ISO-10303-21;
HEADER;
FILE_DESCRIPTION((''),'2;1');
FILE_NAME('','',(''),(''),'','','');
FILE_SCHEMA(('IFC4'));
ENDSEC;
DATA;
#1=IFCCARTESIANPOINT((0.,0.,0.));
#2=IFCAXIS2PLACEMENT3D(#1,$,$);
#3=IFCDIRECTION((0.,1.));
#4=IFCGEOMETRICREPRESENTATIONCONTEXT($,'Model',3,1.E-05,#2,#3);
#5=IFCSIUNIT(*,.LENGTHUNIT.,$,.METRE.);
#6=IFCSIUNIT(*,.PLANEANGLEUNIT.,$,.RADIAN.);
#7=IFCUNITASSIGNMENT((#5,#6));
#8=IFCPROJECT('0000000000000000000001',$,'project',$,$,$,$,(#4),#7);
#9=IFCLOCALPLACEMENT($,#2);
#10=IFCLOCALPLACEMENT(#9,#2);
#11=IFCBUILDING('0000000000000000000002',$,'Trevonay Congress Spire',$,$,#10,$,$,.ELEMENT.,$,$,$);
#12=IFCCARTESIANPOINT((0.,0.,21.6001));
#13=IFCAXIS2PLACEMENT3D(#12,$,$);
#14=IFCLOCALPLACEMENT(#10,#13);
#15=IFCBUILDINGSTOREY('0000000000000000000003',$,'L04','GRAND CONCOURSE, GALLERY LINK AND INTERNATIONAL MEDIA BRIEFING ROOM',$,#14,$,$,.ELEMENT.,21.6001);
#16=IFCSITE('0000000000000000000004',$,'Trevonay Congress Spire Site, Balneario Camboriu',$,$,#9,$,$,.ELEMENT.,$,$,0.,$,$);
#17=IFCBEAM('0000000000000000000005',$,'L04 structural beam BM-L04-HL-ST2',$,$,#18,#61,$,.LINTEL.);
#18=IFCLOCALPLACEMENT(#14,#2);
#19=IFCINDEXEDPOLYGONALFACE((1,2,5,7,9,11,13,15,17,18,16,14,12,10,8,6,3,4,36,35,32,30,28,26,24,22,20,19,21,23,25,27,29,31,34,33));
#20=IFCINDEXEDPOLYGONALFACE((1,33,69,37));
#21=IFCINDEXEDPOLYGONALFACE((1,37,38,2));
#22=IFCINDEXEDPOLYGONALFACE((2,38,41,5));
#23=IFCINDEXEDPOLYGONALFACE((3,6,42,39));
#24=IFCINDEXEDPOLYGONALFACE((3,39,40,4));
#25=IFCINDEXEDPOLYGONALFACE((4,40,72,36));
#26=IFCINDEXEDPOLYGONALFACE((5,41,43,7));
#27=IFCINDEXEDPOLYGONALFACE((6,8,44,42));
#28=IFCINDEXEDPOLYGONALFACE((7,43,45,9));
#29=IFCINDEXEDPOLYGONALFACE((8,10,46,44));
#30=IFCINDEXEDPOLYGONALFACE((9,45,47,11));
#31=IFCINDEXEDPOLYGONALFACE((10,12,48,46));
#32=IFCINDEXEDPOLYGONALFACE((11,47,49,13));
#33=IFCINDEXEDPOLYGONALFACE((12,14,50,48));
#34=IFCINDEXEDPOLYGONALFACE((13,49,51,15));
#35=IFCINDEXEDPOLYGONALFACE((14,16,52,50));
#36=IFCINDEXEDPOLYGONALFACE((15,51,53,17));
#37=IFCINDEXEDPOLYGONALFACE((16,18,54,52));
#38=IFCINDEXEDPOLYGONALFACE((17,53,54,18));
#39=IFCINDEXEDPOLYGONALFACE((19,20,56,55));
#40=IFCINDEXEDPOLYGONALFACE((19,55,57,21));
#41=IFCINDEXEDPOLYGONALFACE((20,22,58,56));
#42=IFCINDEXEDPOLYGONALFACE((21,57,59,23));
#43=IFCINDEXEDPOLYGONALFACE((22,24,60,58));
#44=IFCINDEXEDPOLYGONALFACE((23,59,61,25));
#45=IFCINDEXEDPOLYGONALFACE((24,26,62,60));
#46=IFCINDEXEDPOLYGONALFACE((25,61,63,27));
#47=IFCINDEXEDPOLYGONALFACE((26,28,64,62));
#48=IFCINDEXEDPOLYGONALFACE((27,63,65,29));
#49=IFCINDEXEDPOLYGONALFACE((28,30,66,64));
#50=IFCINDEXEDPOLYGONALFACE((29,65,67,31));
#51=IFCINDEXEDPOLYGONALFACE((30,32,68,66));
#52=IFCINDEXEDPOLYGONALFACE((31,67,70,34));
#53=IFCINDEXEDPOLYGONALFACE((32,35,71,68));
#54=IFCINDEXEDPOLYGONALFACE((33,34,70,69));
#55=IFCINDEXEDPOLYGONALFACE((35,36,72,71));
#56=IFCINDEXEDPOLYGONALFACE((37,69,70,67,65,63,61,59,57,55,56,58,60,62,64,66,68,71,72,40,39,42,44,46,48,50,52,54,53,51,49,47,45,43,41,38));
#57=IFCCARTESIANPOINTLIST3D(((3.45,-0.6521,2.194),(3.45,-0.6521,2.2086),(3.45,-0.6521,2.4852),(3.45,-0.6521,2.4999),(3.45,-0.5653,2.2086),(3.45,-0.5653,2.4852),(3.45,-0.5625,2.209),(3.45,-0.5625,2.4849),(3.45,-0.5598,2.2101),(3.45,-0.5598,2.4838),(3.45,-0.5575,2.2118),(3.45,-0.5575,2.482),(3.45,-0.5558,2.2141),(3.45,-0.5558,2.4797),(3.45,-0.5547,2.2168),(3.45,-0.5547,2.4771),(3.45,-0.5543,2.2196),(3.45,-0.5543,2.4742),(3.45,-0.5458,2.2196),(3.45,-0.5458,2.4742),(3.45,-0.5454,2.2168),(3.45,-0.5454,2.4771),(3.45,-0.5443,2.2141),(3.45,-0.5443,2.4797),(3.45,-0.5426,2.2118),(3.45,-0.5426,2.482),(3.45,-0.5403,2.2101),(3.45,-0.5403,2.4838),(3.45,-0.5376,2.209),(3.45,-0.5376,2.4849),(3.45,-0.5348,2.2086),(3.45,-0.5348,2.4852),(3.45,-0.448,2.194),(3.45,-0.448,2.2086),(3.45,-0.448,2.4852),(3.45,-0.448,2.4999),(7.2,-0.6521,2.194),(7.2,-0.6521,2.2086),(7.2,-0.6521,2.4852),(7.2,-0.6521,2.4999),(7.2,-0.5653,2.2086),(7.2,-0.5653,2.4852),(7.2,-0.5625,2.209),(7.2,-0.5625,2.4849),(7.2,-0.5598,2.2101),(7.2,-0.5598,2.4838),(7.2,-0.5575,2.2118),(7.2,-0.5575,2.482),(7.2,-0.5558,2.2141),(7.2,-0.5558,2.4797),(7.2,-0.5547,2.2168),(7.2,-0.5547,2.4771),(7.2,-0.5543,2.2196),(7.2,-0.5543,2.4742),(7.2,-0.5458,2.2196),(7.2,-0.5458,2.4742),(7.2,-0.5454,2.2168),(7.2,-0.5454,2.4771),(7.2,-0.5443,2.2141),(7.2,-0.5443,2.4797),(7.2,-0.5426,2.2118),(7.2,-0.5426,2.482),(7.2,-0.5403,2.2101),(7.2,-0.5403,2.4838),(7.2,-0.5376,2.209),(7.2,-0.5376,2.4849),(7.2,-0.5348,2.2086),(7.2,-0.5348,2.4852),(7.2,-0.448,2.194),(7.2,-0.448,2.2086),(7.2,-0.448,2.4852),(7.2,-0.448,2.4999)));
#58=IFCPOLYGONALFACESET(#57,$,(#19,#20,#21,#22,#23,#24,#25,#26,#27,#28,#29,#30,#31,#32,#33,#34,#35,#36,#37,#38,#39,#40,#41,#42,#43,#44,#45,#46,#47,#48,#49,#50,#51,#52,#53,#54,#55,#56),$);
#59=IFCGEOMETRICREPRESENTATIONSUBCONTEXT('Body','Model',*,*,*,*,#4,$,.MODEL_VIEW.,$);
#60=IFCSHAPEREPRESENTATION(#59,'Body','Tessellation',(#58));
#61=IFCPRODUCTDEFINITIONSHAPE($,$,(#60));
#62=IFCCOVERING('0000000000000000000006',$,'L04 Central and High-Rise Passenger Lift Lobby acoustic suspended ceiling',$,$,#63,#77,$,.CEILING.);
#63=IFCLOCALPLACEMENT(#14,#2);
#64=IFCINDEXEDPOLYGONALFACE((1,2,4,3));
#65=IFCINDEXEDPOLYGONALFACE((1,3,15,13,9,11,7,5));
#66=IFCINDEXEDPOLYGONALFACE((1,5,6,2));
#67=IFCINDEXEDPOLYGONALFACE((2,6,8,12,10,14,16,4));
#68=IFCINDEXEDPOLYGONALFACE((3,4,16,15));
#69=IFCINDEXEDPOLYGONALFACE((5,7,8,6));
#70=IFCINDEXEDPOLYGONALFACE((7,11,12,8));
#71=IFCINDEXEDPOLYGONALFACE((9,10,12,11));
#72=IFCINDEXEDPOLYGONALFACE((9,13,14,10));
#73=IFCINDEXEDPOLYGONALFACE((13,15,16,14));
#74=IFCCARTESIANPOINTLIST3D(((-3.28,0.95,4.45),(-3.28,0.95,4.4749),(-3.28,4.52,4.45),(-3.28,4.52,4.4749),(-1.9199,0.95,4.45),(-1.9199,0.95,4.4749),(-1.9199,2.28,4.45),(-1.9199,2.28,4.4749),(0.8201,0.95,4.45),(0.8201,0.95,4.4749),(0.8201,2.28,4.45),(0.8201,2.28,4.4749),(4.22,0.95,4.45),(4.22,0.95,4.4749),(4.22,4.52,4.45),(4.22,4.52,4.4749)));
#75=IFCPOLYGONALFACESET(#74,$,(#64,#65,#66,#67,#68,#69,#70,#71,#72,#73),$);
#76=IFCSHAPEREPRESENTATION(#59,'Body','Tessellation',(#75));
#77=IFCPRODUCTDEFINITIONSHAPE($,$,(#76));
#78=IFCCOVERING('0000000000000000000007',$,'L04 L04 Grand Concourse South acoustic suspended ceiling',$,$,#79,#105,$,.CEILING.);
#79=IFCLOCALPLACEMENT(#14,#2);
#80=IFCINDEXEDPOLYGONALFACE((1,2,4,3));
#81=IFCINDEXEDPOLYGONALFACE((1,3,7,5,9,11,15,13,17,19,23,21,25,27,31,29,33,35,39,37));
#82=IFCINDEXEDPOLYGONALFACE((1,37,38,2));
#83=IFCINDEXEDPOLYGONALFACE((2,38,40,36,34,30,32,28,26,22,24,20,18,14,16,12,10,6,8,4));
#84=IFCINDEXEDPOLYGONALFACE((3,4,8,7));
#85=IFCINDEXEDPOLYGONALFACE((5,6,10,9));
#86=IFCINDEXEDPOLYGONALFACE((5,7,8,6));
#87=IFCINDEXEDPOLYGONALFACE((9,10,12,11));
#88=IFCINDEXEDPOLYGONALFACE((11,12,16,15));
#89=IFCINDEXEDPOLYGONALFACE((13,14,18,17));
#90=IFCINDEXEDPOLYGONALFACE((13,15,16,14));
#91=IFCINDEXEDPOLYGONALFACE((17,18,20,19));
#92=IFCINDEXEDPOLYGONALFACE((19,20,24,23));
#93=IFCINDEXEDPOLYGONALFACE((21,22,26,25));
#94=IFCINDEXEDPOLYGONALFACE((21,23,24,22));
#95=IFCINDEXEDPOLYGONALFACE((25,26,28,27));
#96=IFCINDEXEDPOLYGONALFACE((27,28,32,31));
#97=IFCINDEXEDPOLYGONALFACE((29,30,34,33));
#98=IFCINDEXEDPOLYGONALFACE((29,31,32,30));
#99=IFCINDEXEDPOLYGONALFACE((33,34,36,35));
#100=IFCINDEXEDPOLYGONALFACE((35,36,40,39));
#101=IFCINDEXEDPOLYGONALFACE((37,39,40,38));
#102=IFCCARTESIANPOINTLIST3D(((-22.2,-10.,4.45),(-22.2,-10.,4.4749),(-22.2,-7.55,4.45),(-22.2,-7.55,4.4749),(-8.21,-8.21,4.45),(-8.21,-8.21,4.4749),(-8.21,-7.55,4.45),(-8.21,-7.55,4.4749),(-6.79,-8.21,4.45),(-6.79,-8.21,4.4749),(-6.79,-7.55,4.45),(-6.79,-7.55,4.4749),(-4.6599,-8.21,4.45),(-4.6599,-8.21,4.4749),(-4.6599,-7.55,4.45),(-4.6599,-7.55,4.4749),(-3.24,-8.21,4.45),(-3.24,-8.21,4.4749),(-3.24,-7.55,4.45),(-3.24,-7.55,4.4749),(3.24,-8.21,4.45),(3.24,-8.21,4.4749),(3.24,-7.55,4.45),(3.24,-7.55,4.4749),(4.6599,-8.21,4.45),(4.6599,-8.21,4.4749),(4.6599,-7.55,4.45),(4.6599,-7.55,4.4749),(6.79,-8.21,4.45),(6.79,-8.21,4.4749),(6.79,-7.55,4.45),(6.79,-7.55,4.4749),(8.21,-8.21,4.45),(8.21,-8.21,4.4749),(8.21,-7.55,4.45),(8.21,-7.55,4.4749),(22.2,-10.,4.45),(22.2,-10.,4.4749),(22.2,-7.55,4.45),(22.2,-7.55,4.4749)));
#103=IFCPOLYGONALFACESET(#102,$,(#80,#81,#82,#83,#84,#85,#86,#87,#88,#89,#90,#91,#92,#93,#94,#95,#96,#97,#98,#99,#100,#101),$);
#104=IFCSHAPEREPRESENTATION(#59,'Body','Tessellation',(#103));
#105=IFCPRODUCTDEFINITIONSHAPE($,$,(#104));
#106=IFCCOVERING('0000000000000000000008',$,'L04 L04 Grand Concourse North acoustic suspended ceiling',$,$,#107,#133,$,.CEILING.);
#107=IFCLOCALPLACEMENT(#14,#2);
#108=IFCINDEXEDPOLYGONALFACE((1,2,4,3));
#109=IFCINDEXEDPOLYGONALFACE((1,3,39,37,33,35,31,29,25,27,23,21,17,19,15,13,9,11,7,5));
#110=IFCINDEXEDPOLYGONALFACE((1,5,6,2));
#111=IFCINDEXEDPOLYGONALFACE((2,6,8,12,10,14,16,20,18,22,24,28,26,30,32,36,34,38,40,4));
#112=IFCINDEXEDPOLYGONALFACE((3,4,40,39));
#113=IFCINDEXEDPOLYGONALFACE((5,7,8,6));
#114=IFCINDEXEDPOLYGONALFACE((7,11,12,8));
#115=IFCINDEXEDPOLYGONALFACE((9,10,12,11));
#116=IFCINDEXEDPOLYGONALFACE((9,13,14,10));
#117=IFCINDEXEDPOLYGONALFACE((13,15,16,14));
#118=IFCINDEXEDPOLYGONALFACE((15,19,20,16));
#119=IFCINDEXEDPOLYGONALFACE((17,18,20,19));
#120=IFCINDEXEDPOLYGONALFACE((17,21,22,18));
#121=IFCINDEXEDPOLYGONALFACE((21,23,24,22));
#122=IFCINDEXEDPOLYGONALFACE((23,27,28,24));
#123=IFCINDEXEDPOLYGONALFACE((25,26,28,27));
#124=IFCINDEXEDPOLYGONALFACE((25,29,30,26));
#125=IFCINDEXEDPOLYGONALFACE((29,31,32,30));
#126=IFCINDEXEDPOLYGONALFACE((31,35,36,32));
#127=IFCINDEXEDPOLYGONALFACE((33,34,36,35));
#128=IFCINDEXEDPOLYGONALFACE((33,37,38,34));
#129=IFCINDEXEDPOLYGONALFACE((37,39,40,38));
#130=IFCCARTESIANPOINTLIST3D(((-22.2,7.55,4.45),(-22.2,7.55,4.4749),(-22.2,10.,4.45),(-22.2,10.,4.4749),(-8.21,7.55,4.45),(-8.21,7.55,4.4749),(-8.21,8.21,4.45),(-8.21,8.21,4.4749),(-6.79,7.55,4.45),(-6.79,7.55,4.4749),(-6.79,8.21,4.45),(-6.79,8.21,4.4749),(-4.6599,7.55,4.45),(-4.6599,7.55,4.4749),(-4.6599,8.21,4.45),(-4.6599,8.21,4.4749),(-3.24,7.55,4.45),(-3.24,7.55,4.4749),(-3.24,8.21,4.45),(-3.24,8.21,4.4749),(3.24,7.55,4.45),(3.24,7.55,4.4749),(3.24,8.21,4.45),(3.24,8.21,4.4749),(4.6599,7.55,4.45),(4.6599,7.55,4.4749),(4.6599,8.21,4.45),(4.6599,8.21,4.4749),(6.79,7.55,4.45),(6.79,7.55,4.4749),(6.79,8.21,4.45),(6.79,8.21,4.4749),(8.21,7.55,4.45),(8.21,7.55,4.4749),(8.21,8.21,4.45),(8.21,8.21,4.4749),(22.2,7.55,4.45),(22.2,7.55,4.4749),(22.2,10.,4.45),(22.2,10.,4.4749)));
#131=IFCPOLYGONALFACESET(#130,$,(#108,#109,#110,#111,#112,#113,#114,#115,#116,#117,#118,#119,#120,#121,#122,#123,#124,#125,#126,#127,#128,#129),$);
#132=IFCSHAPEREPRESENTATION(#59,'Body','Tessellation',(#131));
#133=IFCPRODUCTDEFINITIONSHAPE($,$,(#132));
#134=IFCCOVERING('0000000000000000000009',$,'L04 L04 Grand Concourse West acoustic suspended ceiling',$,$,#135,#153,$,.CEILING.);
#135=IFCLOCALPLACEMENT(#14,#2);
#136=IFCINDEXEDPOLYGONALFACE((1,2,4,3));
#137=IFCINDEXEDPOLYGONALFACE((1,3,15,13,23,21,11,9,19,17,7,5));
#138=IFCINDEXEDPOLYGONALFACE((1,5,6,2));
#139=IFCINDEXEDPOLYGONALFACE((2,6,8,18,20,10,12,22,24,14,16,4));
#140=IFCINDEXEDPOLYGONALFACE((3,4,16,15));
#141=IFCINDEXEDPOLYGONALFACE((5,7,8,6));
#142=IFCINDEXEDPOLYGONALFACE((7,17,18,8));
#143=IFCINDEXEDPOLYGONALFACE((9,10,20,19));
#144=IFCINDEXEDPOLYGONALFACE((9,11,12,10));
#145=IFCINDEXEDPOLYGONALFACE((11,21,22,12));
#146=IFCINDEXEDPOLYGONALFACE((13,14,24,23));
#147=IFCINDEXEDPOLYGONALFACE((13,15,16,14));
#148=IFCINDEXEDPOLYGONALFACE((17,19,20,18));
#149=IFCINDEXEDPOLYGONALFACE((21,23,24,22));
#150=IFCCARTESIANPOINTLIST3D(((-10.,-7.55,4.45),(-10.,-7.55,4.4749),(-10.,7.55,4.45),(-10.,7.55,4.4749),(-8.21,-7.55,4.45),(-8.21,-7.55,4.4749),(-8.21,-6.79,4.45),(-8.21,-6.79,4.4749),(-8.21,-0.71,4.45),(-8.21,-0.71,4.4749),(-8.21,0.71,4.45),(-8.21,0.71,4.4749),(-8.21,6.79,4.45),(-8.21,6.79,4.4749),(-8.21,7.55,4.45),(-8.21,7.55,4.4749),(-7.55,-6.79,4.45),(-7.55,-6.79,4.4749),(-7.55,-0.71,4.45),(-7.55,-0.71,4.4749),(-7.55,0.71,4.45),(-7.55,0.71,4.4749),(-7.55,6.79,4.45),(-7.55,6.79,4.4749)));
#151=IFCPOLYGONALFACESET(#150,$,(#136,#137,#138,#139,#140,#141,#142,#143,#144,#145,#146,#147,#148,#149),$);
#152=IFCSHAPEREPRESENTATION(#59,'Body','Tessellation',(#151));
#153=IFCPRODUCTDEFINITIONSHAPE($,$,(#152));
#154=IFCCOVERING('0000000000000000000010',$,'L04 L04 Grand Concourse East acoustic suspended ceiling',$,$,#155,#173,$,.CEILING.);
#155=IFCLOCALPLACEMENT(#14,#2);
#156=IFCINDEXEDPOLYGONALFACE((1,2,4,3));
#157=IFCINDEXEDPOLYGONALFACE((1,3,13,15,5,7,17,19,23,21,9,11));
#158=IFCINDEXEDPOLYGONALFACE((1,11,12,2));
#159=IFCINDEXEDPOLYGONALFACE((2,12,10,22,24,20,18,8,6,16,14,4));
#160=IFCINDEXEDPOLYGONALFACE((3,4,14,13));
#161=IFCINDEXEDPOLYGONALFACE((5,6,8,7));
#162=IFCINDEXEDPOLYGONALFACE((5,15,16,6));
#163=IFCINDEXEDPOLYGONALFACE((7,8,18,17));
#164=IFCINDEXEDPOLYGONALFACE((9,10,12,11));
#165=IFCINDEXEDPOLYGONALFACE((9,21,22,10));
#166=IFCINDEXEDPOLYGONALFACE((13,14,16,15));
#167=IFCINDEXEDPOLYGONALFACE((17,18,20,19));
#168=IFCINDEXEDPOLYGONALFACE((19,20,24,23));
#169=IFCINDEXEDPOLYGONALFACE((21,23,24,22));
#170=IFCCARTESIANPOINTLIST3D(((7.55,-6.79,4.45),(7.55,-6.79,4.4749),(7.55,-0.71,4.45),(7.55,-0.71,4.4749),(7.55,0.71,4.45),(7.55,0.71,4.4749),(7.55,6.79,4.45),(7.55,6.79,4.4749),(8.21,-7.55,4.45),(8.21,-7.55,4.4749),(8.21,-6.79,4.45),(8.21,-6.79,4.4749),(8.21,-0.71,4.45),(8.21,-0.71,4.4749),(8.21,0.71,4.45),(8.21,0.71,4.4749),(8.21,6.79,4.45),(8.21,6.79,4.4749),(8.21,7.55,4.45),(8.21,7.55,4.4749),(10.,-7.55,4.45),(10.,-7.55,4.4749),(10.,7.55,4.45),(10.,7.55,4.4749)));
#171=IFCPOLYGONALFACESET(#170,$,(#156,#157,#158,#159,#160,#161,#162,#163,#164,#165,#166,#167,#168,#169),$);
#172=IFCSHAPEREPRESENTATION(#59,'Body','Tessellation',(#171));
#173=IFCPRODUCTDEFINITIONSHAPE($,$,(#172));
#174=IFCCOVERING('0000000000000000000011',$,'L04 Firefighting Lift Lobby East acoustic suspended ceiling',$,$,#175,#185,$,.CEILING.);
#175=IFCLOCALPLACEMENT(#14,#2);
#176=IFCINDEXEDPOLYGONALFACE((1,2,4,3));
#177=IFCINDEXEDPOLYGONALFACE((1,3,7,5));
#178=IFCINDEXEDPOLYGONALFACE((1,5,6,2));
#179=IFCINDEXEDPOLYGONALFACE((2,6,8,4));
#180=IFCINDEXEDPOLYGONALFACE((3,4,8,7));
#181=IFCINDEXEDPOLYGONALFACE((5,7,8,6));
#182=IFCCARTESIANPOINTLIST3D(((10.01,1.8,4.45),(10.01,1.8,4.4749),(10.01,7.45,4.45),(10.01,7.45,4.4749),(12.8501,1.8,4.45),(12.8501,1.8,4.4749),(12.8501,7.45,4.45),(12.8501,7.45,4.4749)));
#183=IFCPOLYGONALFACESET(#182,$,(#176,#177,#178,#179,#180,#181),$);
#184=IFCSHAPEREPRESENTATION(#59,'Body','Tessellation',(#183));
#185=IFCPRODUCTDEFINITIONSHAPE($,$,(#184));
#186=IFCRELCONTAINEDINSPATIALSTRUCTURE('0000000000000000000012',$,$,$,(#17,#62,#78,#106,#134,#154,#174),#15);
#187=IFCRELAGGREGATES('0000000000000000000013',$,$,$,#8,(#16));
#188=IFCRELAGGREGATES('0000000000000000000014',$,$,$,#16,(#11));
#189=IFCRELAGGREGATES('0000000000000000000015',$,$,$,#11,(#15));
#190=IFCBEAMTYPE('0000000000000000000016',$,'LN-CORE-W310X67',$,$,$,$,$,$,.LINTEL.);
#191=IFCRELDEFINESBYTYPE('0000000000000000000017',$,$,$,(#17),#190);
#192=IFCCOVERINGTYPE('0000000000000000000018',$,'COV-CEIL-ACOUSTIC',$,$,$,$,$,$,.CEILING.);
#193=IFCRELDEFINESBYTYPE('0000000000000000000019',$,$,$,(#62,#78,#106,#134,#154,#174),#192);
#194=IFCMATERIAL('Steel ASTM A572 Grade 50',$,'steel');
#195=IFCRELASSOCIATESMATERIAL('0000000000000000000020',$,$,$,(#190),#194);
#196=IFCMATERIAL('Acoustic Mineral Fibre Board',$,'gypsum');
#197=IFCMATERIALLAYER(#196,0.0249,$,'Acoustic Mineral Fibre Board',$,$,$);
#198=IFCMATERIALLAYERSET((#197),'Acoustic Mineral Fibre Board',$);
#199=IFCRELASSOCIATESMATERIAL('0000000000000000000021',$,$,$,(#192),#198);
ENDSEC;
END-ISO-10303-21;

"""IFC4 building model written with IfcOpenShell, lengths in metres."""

from ifc_helpers import new_model, si_unit, direction, frame, origin, origin_2d, place, context, subcontext, project, spatial, polyline, i_section, outline, extrude, material, layer, layer_set, material_profile, profile_set, type_object, element, save


model = new_model("IFC4")

# Units and contexts
model_context = context("Model", 3, precision=1e-05, world=origin(), true_north=direction((0.0, 1.0)))
body_context = subcontext(model_context, "Body", "Model", "MODEL_VIEW")
ifc_project = project(units=[si_unit("LENGTHUNIT", "METRE"), si_unit("PLANEANGLEUNIT", "RADIAN")], contexts=[model_context])

# Site, building, storey
site_placement = place(None, origin())
site = spatial("IfcSite", under=ifc_project, at=site_placement, Name="Trevonay Congress Spire Site, Balneario Camboriu", CompositionType="ELEMENT", RefElevation=0.0)
building_placement = place(site_placement, origin())
building = spatial("IfcBuilding", under=site, at=building_placement, Name="Trevonay Congress Spire", CompositionType="ELEMENT")
storey_placement = place(building_placement, frame((0.0, 0.0, 21.6001)))
storey = spatial("IfcBuildingStorey", under=building, at=storey_placement, Name="L04", Description="GRAND CONCOURSE, GALLERY LINK AND INTERNATIONAL MEDIA BRIEFING ROOM", CompositionType="ELEMENT", Elevation=21.6001)

# Beam
ifc_material_1 = material(Name="Steel ASTM A572 Grade 50", Category="steel")
ifc_material_profile = material_profile(ifc_material_1, i_section(OverallWidth=0.2041, OverallDepth=0.3059, WebThickness=0.0085, FlangeThickness=0.0146, FilletRadius=0.011, at=origin_2d()), Name="W310x67")
ifc_profile_set = profile_set([ifc_material_profile], Name="Steel ASTM A572 Grade 50")
beam_type = type_object("IfcBeamType", Name="LN-CORE-W310X67", PredefinedType="LINTEL", material=ifc_profile_set)
beam_placement = place(storey_placement, frame((3.45, -0.55, 2.3469), z_axis=(1.0, 0.0, 0.0), x_axis=(0.0, 1.0, 0.0)))
element("IfcBeam", 1, at=beam_placement, inside=storey, type_object=beam_type, Name="L04 structural beam BM-L04-HL-ST2", PredefinedType="LINTEL", context=body_context, shape_type="SweptSolid", body=[
    extrude(i_section(OverallWidth=0.2041, OverallDepth=0.3059, WebThickness=0.0085, FlangeThickness=0.0146, FilletRadius=0.011, at=origin_2d()), origin(), (0.0, 0.0, 1.0), 3.75),
])

# Coverings
ifc_material_2 = material(Name="Acoustic Mineral Fibre Board", Category="gypsum")
ifc_layer_1 = layer(ifc_material_2, 0.0249, Name="Acoustic Mineral Fibre Board")
ifc_layer_set_1 = layer_set([ifc_layer_1], Name="Acoustic Mineral Fibre Board")
covering_type_1 = type_object("IfcCoveringType", Name="COV-CEIL-ACOUSTIC", PredefinedType="CEILING", material=ifc_layer_set_1)
covering_1_placement = place(storey_placement, frame((0.0, 0.0, 4.45)))
element("IfcCovering", 2, at=covering_1_placement, inside=storey, type_object=covering_type_1, Name="L04 Central and High-Rise Passenger Lift Lobby acoustic suspended ceiling", PredefinedType="CEILING", context=body_context, shape_type="SweptSolid", body=[
    extrude(outline(polyline([(-3.28, 0.95), (-1.9199, 0.95), (-1.9199, 2.28), (0.8201, 2.28), (0.8201, 0.95), (4.22, 0.95), (4.22, 4.52), (-3.28, 4.52), (-3.28, 0.95)])), origin(), (0.0, 0.0, 1.0), 0.0249),
])
covering_2_placement = place(storey_placement, frame((0.0, 0.0, 4.45)))
element("IfcCovering", 3, at=covering_2_placement, inside=storey, type_object=covering_type_1, Name="L04 L04 Grand Concourse South acoustic suspended ceiling", PredefinedType="CEILING", context=body_context, shape_type="SweptSolid", body=[
    extrude(outline(polyline([(22.2, -7.55), (22.2, -10.0), (-22.2, -10.0), (-22.2, -7.55), (-8.21, -7.55), (-8.21, -8.21), (-6.79, -8.21), (-6.79, -7.55), (-4.6599, -7.55), (-4.6599, -8.21), (-3.24, -8.21), (-3.24, -7.55), (3.24, -7.55), (3.24, -8.21), (4.6599, -8.21), (4.6599, -7.55), (6.79, -7.55), (6.79, -8.21), (8.21, -8.21), (8.21, -7.55), (22.2, -7.55)])), origin(), (0.0, 0.0, 1.0), 0.0249),
])
covering_3_placement = place(storey_placement, frame((0.0, 0.0, 4.45)))
element("IfcCovering", 4, at=covering_3_placement, inside=storey, type_object=covering_type_1, Name="L04 L04 Grand Concourse North acoustic suspended ceiling", PredefinedType="CEILING", context=body_context, shape_type="SweptSolid", body=[
    extrude(outline(polyline([(-22.2, 7.55), (-22.2, 10.0), (22.2, 10.0), (22.2, 7.55), (8.21, 7.55), (8.21, 8.21), (6.79, 8.21), (6.79, 7.55), (4.6599, 7.55), (4.6599, 8.21), (3.24, 8.21), (3.24, 7.55), (-3.24, 7.55), (-3.24, 8.21), (-4.6599, 8.21), (-4.6599, 7.55), (-6.79, 7.55), (-6.79, 8.21), (-8.21, 8.21), (-8.21, 7.55), (-22.2, 7.55)])), origin(), (0.0, 0.0, 1.0), 0.0249),
])
covering_4_placement = place(storey_placement, frame((0.0, 0.0, 4.45)))
element("IfcCovering", 5, at=covering_4_placement, inside=storey, type_object=covering_type_1, Name="L04 L04 Grand Concourse West acoustic suspended ceiling", PredefinedType="CEILING", context=body_context, shape_type="SweptSolid", body=[
    extrude(outline(polyline([(-10.0, 7.55), (-8.21, 7.55), (-8.21, 6.79), (-7.55, 6.79), (-7.55, 0.71), (-8.21, 0.71), (-8.21, -0.71), (-7.55, -0.71), (-7.55, -6.79), (-8.21, -6.79), (-8.21, -7.55), (-10.0, -7.55), (-10.0, 7.55)])), origin(), (0.0, 0.0, 1.0), 0.0249),
])
covering_5_placement = place(storey_placement, frame((0.0, 0.0, 4.45)))
element("IfcCovering", 6, at=covering_5_placement, inside=storey, type_object=covering_type_1, Name="L04 L04 Grand Concourse East acoustic suspended ceiling", PredefinedType="CEILING", context=body_context, shape_type="SweptSolid", body=[
    extrude(outline(polyline([(10.0, -7.55), (8.21, -7.55), (8.21, -6.79), (7.55, -6.79), (7.55, -0.71), (8.21, -0.71), (8.21, 0.71), (7.55, 0.71), (7.55, 6.79), (8.21, 6.79), (8.21, 7.55), (10.0, 7.55), (10.0, -7.55)])), origin(), (0.0, 0.0, 1.0), 0.0249),
])
covering_6_placement = place(storey_placement, frame((0.0, 0.0, 4.45)))
element("IfcCovering", 7, at=covering_6_placement, inside=storey, type_object=covering_type_1, Name="L04 Firefighting Lift Lobby East acoustic suspended ceiling", PredefinedType="CEILING", context=body_context, shape_type="SweptSolid", body=[
    extrude(outline(polyline([(12.8501, 1.8), (10.01, 1.8), (10.01, 7.45), (12.8501, 7.45), (12.8501, 1.8)])), origin(), (0.0, 0.0, 1.0), 0.0249),
])

save(model, "model.ifc")
